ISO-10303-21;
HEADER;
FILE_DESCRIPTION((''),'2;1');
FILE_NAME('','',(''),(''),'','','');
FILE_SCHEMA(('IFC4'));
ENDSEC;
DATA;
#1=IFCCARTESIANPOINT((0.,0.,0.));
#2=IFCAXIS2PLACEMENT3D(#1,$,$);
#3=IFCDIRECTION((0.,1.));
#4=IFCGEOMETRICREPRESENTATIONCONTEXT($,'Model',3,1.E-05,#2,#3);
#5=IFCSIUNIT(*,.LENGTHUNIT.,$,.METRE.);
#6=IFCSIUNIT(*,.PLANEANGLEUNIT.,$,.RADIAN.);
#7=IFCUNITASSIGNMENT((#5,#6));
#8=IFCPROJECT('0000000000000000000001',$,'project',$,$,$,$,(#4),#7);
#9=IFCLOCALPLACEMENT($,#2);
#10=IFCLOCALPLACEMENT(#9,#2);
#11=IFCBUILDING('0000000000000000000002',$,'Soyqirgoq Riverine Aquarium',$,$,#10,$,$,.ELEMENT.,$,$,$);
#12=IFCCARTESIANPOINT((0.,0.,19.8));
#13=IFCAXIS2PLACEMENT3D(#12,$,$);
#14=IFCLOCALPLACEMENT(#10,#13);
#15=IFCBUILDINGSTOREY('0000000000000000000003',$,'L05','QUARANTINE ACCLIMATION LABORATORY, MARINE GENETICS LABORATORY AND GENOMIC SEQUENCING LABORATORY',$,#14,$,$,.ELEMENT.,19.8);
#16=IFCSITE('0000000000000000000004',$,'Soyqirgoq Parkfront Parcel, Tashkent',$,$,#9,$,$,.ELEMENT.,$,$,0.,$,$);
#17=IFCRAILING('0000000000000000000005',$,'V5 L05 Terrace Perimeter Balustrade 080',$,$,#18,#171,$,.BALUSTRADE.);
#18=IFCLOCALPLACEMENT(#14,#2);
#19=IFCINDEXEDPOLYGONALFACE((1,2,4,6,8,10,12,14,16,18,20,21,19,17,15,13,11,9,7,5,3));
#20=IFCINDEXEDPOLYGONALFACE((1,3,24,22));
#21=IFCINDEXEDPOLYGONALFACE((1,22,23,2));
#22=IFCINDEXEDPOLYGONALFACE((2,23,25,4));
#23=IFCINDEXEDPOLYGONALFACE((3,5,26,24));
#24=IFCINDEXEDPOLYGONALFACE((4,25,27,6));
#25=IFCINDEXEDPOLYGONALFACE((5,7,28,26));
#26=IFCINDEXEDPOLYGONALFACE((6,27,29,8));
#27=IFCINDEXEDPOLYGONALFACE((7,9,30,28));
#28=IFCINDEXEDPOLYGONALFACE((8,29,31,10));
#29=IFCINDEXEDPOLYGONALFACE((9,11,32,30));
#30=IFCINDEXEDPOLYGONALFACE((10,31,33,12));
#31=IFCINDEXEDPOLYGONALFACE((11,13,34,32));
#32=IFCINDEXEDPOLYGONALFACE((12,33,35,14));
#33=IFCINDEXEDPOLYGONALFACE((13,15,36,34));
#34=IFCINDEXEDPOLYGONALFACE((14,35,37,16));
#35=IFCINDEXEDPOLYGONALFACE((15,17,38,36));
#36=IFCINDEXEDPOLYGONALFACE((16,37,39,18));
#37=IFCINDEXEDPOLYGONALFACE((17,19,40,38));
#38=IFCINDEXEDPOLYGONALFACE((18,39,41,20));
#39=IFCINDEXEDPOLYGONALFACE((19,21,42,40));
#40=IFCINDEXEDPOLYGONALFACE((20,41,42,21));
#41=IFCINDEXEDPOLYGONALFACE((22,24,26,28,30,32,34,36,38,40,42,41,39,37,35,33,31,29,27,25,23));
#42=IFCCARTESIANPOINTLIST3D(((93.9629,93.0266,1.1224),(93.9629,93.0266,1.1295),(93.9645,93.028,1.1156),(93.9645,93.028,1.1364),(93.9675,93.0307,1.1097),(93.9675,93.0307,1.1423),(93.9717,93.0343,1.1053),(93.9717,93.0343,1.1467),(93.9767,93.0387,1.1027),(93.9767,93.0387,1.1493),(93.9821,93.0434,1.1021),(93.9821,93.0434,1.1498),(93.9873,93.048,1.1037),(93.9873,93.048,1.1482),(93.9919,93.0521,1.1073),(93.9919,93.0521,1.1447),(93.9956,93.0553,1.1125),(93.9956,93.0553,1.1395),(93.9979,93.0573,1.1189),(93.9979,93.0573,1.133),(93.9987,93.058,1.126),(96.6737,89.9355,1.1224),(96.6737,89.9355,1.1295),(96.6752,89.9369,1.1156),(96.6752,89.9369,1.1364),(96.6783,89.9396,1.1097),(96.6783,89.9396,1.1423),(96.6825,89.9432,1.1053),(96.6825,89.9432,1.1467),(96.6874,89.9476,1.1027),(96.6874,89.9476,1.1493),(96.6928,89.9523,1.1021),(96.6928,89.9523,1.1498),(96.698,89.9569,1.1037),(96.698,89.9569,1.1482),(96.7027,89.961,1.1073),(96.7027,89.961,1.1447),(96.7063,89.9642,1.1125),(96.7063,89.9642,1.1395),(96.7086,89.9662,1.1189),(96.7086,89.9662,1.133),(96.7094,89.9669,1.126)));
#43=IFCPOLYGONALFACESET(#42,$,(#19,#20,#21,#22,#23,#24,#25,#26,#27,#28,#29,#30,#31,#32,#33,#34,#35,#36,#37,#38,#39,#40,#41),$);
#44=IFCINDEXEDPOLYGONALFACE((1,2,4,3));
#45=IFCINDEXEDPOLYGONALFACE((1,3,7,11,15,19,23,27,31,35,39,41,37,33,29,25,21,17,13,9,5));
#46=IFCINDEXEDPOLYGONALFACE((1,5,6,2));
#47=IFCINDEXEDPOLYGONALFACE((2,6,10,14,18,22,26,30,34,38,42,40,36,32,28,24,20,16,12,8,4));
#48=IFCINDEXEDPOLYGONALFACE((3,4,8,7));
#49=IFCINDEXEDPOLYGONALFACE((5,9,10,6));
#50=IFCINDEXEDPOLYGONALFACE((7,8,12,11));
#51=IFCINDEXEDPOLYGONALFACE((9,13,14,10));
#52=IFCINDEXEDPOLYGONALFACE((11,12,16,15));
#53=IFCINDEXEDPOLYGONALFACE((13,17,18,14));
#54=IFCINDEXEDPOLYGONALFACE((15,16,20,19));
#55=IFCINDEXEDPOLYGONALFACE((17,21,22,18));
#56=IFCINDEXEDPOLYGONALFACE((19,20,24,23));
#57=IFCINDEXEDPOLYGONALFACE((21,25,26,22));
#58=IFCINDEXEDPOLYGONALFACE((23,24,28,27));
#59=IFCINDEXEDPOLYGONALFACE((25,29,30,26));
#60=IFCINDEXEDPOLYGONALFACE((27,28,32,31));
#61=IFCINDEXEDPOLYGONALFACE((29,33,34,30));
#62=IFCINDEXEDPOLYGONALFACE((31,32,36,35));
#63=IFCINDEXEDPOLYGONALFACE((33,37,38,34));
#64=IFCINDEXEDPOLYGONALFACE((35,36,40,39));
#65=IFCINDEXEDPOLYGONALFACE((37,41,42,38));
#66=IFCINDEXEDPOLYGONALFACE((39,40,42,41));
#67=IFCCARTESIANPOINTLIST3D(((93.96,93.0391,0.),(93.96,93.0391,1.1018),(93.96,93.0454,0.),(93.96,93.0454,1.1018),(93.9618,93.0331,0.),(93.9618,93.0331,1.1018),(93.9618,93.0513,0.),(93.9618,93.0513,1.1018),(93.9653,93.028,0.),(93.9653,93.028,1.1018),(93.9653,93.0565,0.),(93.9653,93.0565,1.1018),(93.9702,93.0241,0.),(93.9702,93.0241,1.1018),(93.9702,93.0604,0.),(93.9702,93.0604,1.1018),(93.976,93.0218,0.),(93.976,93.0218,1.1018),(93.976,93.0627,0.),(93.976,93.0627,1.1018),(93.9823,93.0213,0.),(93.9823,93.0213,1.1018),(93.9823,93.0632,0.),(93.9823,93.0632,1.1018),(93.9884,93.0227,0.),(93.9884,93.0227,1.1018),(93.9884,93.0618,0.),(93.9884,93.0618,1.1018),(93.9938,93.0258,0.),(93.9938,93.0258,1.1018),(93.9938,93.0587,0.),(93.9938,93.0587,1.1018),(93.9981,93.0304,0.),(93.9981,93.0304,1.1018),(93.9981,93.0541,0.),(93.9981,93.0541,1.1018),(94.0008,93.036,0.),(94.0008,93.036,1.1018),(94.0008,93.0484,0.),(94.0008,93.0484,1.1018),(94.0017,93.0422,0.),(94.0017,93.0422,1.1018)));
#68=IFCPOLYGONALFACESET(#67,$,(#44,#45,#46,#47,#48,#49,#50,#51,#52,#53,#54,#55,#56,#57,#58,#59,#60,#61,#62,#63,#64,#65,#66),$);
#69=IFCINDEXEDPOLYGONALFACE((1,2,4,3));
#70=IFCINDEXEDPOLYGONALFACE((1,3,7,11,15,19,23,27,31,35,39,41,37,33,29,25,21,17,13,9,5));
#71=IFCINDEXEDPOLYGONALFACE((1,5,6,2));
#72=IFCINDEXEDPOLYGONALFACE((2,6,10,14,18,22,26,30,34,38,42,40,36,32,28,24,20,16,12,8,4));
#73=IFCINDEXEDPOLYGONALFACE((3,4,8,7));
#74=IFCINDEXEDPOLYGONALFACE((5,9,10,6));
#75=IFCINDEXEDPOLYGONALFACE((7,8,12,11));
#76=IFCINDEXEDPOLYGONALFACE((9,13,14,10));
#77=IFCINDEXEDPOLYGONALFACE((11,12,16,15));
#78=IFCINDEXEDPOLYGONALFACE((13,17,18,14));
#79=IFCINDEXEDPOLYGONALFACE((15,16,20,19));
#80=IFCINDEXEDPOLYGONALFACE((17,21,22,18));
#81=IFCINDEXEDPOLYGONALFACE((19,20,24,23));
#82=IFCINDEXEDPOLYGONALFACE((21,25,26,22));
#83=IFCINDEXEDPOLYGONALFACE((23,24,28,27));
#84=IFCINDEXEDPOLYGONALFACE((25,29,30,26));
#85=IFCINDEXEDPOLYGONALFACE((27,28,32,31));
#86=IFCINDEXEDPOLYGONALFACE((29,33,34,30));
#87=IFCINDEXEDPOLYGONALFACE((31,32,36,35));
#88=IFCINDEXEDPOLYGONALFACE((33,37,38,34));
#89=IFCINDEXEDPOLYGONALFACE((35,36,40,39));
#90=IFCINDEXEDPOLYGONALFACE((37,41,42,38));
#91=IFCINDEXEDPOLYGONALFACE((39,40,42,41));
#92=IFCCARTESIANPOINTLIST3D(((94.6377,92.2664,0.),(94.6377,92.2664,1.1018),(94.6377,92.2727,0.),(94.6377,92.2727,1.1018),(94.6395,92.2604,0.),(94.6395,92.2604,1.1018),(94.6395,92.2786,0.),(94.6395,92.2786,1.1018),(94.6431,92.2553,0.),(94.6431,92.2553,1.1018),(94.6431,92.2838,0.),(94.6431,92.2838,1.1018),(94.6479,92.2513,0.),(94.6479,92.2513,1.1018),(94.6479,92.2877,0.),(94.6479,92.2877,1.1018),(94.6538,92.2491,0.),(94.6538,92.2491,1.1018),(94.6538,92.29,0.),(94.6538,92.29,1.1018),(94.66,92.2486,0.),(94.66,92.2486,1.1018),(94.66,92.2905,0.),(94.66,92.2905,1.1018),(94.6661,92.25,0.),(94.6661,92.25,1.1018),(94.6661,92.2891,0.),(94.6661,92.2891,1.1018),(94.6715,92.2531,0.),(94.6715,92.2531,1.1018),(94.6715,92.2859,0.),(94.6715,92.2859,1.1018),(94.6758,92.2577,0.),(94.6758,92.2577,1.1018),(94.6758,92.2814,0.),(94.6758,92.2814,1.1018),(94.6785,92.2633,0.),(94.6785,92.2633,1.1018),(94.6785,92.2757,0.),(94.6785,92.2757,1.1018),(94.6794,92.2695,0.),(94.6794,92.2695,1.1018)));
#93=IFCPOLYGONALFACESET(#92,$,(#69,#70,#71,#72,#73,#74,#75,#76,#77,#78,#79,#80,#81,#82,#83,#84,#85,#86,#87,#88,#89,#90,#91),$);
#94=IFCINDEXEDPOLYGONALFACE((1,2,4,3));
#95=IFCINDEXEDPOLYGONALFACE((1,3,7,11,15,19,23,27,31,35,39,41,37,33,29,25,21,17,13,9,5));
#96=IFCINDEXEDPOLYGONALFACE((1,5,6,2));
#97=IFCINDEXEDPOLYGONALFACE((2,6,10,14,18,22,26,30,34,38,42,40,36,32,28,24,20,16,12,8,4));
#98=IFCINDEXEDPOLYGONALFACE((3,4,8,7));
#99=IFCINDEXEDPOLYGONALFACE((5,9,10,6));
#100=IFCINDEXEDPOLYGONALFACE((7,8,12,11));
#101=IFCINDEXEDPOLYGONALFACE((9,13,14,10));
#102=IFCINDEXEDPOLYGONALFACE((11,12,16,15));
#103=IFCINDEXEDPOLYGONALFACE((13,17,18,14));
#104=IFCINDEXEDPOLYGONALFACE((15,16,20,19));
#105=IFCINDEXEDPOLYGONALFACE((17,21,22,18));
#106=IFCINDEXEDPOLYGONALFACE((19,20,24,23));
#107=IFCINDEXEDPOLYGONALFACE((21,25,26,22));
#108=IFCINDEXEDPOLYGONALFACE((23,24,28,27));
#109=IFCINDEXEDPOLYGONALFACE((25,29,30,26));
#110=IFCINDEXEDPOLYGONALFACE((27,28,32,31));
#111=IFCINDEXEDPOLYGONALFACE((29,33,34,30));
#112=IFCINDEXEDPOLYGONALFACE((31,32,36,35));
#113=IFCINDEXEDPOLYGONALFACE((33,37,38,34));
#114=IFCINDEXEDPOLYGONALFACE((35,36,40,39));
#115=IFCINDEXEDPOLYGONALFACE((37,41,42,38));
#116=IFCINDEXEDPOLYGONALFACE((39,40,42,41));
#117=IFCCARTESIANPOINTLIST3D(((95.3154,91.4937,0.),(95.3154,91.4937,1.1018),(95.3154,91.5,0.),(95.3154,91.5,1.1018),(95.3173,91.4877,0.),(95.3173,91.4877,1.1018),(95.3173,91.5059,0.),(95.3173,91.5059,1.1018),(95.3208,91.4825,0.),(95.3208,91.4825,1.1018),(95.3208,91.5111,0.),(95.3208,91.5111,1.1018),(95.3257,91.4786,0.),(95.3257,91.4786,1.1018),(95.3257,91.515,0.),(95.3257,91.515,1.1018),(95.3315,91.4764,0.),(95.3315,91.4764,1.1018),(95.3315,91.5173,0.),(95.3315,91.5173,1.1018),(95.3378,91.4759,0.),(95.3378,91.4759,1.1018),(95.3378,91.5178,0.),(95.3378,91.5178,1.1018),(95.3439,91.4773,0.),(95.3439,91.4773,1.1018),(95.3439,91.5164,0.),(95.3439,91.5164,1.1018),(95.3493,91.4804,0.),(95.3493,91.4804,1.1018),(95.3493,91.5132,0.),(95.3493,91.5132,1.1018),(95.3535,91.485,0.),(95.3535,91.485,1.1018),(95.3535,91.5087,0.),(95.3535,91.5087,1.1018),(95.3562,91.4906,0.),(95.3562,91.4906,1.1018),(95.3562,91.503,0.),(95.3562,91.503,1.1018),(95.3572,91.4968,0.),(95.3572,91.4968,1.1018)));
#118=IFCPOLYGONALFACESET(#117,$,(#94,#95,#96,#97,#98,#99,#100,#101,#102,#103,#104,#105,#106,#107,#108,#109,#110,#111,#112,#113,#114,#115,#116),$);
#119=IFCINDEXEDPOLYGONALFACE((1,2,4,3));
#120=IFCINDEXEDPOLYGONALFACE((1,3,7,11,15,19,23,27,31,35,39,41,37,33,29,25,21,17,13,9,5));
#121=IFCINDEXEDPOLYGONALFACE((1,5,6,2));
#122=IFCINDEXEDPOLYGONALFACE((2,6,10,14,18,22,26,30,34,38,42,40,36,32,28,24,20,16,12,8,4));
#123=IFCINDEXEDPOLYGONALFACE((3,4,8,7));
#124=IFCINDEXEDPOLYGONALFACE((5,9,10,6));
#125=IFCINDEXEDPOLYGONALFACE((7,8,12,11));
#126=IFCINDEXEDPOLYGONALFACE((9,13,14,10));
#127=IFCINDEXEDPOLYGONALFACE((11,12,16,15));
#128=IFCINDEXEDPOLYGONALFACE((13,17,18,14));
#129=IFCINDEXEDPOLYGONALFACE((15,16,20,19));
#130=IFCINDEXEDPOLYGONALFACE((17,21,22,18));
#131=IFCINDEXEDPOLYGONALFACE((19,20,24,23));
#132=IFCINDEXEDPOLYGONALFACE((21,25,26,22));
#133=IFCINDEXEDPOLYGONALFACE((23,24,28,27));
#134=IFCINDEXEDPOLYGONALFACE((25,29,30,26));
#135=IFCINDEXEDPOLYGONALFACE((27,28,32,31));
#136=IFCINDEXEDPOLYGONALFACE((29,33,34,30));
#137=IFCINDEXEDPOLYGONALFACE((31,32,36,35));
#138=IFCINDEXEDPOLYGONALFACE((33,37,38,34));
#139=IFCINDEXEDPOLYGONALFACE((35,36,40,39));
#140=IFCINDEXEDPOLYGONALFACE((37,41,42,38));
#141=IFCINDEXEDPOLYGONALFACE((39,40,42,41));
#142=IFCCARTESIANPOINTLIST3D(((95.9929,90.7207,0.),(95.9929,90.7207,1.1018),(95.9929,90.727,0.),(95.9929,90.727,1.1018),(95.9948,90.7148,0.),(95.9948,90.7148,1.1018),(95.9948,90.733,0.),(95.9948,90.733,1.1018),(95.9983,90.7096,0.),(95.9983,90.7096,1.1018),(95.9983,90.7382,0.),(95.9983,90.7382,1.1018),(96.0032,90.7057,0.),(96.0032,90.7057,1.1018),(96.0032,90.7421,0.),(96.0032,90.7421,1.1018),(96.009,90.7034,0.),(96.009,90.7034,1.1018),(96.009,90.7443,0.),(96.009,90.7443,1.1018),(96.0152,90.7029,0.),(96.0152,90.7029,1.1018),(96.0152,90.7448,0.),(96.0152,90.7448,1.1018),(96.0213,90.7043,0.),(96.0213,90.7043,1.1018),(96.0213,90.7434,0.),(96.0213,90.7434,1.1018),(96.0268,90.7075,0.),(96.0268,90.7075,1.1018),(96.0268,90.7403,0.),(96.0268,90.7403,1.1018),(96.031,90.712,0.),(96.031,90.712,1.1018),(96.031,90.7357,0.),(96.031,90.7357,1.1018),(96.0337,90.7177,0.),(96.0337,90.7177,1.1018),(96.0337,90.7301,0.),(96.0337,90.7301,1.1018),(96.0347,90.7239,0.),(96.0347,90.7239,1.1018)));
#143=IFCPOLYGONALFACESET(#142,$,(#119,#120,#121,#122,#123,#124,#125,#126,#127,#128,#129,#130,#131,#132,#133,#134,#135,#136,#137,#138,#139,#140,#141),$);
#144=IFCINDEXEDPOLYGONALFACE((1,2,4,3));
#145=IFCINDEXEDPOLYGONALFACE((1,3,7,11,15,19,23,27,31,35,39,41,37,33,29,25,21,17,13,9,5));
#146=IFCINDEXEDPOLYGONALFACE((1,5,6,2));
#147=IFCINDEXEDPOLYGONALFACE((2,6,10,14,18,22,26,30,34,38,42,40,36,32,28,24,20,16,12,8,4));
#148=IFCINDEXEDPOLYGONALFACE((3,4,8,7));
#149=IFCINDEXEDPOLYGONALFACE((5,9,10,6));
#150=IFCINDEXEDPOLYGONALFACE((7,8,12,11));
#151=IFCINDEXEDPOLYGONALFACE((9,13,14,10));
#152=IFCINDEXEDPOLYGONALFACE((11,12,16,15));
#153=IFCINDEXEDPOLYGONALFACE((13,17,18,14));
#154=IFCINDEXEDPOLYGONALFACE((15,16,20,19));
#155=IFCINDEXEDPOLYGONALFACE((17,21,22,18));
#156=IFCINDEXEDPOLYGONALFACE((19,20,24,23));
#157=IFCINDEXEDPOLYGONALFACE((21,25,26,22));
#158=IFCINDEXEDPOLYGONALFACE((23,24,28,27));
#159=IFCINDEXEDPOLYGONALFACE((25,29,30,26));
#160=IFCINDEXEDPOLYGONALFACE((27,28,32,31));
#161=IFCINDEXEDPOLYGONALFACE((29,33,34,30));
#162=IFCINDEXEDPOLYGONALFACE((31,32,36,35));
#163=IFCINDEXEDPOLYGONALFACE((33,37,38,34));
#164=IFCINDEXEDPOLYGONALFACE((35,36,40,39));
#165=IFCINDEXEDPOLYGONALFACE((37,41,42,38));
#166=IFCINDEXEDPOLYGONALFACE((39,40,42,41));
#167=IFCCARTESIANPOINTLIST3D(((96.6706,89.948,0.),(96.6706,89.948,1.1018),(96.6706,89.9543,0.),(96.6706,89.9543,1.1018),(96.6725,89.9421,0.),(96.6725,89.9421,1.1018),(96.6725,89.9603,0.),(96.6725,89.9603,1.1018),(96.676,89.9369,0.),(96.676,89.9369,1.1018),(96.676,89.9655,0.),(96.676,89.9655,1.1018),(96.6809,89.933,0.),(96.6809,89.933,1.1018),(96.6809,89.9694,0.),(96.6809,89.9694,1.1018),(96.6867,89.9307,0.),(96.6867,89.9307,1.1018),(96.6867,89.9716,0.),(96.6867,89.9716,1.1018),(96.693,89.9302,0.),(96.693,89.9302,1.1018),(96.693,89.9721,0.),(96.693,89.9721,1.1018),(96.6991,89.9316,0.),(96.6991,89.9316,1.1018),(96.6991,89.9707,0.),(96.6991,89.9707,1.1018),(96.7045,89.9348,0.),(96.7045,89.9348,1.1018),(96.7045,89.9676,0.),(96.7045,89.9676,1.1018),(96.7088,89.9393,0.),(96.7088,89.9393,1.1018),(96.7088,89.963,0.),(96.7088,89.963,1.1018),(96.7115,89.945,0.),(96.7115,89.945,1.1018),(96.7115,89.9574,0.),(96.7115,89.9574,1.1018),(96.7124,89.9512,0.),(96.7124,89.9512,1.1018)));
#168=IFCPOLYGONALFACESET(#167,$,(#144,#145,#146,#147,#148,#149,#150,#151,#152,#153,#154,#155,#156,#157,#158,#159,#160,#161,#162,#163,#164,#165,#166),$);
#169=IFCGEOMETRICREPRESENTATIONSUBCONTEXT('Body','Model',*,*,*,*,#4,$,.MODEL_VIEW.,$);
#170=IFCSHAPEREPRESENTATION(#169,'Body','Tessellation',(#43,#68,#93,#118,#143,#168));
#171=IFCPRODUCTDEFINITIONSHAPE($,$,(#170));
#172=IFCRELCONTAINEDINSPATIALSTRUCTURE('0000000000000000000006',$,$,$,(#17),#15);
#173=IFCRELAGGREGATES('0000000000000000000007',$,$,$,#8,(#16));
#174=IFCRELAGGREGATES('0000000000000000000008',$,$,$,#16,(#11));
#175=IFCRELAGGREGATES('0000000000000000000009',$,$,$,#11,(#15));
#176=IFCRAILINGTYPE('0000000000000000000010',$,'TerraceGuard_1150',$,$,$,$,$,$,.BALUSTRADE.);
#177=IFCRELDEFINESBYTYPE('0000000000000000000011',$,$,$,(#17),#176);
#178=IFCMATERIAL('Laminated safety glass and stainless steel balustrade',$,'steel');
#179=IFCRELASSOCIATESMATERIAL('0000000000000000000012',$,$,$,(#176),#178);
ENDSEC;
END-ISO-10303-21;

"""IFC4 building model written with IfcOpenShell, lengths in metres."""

from ifc_helpers import new_model, si_unit, direction, frame, origin, origin_2d, place, context, subcontext, project, spatial, circle, extrude, material, type_object, element, save


model = new_model("IFC4")

# Units and contexts
model_context = context("Model", 3, precision=1e-05, world=origin(), true_north=direction((0.0, 1.0)))
body_context = subcontext(model_context, "Body", "Model", "MODEL_VIEW")
ifc_project = project(units=[si_unit("LENGTHUNIT", "METRE"), si_unit("PLANEANGLEUNIT", "RADIAN")], contexts=[model_context])

# Site, building, storey
site_placement = place(None, origin())
site = spatial("IfcSite", under=ifc_project, at=site_placement, Name="Soyqirgoq Parkfront Parcel, Tashkent", CompositionType="ELEMENT", RefElevation=0.0)
building_placement = place(site_placement, origin())
building = spatial("IfcBuilding", under=site, at=building_placement, Name="Soyqirgoq Riverine Aquarium", CompositionType="ELEMENT")
storey_placement = place(building_placement, frame((0.0, 0.0, 19.8)))
storey = spatial("IfcBuildingStorey", under=building, at=storey_placement, Name="L05", Description="QUARANTINE ACCLIMATION LABORATORY, MARINE GENETICS LABORATORY AND GENOMIC SEQUENCING LABORATORY", CompositionType="ELEMENT", Elevation=19.8)

# Railing
ifc_material_1 = material(Name="Laminated safety glass and stainless steel balustrade", Category="steel")
railing_type = type_object("IfcRailingType", Name="TerraceGuard_1150", PredefinedType="BALUSTRADE", material=ifc_material_1)
railing_1_placement = place(storey_placement, frame((93.9807, 93.0422, 0.0)))
element("IfcRailing", 1, at=railing_1_placement, inside=storey, type_object=railing_type, Name="V5 L05 Terrace Perimeter Balustrade 080", PredefinedType="BALUSTRADE", context=body_context, shape_type="SweptSolid", body=[
    extrude(circle(Radius=0.0239, at=origin_2d()), frame((0.0, 0.0, 1.126), z_axis=(0.659332, -0.751852, 0.0), x_axis=(0.751852, 0.659332, 0.0)), (0.0, 0.0, 1.0), 4.1113),
    extrude(circle(Radius=0.021, at=origin_2d()), origin(), (0.0, 0.0, 1.0), 1.1018),
    extrude(circle(Radius=0.021, at=origin_2d()), frame((0.6777, -0.7727, 0.0)), (0.0, 0.0, 1.0), 1.1018),
    extrude(circle(Radius=0.021, at=origin_2d()), frame((1.3555, -1.5454, 0.0)), (0.0, 0.0, 1.0), 1.1018),
    extrude(circle(Radius=0.021, at=origin_2d()), frame((2.033, -2.3184, 0.0)), (0.0, 0.0, 1.0), 1.1018),
    extrude(circle(Radius=0.021, at=origin_2d()), frame((2.7107, -3.0911, 0.0)), (0.0, 0.0, 1.0), 1.1018),
])

save(model, "model.ifc")
